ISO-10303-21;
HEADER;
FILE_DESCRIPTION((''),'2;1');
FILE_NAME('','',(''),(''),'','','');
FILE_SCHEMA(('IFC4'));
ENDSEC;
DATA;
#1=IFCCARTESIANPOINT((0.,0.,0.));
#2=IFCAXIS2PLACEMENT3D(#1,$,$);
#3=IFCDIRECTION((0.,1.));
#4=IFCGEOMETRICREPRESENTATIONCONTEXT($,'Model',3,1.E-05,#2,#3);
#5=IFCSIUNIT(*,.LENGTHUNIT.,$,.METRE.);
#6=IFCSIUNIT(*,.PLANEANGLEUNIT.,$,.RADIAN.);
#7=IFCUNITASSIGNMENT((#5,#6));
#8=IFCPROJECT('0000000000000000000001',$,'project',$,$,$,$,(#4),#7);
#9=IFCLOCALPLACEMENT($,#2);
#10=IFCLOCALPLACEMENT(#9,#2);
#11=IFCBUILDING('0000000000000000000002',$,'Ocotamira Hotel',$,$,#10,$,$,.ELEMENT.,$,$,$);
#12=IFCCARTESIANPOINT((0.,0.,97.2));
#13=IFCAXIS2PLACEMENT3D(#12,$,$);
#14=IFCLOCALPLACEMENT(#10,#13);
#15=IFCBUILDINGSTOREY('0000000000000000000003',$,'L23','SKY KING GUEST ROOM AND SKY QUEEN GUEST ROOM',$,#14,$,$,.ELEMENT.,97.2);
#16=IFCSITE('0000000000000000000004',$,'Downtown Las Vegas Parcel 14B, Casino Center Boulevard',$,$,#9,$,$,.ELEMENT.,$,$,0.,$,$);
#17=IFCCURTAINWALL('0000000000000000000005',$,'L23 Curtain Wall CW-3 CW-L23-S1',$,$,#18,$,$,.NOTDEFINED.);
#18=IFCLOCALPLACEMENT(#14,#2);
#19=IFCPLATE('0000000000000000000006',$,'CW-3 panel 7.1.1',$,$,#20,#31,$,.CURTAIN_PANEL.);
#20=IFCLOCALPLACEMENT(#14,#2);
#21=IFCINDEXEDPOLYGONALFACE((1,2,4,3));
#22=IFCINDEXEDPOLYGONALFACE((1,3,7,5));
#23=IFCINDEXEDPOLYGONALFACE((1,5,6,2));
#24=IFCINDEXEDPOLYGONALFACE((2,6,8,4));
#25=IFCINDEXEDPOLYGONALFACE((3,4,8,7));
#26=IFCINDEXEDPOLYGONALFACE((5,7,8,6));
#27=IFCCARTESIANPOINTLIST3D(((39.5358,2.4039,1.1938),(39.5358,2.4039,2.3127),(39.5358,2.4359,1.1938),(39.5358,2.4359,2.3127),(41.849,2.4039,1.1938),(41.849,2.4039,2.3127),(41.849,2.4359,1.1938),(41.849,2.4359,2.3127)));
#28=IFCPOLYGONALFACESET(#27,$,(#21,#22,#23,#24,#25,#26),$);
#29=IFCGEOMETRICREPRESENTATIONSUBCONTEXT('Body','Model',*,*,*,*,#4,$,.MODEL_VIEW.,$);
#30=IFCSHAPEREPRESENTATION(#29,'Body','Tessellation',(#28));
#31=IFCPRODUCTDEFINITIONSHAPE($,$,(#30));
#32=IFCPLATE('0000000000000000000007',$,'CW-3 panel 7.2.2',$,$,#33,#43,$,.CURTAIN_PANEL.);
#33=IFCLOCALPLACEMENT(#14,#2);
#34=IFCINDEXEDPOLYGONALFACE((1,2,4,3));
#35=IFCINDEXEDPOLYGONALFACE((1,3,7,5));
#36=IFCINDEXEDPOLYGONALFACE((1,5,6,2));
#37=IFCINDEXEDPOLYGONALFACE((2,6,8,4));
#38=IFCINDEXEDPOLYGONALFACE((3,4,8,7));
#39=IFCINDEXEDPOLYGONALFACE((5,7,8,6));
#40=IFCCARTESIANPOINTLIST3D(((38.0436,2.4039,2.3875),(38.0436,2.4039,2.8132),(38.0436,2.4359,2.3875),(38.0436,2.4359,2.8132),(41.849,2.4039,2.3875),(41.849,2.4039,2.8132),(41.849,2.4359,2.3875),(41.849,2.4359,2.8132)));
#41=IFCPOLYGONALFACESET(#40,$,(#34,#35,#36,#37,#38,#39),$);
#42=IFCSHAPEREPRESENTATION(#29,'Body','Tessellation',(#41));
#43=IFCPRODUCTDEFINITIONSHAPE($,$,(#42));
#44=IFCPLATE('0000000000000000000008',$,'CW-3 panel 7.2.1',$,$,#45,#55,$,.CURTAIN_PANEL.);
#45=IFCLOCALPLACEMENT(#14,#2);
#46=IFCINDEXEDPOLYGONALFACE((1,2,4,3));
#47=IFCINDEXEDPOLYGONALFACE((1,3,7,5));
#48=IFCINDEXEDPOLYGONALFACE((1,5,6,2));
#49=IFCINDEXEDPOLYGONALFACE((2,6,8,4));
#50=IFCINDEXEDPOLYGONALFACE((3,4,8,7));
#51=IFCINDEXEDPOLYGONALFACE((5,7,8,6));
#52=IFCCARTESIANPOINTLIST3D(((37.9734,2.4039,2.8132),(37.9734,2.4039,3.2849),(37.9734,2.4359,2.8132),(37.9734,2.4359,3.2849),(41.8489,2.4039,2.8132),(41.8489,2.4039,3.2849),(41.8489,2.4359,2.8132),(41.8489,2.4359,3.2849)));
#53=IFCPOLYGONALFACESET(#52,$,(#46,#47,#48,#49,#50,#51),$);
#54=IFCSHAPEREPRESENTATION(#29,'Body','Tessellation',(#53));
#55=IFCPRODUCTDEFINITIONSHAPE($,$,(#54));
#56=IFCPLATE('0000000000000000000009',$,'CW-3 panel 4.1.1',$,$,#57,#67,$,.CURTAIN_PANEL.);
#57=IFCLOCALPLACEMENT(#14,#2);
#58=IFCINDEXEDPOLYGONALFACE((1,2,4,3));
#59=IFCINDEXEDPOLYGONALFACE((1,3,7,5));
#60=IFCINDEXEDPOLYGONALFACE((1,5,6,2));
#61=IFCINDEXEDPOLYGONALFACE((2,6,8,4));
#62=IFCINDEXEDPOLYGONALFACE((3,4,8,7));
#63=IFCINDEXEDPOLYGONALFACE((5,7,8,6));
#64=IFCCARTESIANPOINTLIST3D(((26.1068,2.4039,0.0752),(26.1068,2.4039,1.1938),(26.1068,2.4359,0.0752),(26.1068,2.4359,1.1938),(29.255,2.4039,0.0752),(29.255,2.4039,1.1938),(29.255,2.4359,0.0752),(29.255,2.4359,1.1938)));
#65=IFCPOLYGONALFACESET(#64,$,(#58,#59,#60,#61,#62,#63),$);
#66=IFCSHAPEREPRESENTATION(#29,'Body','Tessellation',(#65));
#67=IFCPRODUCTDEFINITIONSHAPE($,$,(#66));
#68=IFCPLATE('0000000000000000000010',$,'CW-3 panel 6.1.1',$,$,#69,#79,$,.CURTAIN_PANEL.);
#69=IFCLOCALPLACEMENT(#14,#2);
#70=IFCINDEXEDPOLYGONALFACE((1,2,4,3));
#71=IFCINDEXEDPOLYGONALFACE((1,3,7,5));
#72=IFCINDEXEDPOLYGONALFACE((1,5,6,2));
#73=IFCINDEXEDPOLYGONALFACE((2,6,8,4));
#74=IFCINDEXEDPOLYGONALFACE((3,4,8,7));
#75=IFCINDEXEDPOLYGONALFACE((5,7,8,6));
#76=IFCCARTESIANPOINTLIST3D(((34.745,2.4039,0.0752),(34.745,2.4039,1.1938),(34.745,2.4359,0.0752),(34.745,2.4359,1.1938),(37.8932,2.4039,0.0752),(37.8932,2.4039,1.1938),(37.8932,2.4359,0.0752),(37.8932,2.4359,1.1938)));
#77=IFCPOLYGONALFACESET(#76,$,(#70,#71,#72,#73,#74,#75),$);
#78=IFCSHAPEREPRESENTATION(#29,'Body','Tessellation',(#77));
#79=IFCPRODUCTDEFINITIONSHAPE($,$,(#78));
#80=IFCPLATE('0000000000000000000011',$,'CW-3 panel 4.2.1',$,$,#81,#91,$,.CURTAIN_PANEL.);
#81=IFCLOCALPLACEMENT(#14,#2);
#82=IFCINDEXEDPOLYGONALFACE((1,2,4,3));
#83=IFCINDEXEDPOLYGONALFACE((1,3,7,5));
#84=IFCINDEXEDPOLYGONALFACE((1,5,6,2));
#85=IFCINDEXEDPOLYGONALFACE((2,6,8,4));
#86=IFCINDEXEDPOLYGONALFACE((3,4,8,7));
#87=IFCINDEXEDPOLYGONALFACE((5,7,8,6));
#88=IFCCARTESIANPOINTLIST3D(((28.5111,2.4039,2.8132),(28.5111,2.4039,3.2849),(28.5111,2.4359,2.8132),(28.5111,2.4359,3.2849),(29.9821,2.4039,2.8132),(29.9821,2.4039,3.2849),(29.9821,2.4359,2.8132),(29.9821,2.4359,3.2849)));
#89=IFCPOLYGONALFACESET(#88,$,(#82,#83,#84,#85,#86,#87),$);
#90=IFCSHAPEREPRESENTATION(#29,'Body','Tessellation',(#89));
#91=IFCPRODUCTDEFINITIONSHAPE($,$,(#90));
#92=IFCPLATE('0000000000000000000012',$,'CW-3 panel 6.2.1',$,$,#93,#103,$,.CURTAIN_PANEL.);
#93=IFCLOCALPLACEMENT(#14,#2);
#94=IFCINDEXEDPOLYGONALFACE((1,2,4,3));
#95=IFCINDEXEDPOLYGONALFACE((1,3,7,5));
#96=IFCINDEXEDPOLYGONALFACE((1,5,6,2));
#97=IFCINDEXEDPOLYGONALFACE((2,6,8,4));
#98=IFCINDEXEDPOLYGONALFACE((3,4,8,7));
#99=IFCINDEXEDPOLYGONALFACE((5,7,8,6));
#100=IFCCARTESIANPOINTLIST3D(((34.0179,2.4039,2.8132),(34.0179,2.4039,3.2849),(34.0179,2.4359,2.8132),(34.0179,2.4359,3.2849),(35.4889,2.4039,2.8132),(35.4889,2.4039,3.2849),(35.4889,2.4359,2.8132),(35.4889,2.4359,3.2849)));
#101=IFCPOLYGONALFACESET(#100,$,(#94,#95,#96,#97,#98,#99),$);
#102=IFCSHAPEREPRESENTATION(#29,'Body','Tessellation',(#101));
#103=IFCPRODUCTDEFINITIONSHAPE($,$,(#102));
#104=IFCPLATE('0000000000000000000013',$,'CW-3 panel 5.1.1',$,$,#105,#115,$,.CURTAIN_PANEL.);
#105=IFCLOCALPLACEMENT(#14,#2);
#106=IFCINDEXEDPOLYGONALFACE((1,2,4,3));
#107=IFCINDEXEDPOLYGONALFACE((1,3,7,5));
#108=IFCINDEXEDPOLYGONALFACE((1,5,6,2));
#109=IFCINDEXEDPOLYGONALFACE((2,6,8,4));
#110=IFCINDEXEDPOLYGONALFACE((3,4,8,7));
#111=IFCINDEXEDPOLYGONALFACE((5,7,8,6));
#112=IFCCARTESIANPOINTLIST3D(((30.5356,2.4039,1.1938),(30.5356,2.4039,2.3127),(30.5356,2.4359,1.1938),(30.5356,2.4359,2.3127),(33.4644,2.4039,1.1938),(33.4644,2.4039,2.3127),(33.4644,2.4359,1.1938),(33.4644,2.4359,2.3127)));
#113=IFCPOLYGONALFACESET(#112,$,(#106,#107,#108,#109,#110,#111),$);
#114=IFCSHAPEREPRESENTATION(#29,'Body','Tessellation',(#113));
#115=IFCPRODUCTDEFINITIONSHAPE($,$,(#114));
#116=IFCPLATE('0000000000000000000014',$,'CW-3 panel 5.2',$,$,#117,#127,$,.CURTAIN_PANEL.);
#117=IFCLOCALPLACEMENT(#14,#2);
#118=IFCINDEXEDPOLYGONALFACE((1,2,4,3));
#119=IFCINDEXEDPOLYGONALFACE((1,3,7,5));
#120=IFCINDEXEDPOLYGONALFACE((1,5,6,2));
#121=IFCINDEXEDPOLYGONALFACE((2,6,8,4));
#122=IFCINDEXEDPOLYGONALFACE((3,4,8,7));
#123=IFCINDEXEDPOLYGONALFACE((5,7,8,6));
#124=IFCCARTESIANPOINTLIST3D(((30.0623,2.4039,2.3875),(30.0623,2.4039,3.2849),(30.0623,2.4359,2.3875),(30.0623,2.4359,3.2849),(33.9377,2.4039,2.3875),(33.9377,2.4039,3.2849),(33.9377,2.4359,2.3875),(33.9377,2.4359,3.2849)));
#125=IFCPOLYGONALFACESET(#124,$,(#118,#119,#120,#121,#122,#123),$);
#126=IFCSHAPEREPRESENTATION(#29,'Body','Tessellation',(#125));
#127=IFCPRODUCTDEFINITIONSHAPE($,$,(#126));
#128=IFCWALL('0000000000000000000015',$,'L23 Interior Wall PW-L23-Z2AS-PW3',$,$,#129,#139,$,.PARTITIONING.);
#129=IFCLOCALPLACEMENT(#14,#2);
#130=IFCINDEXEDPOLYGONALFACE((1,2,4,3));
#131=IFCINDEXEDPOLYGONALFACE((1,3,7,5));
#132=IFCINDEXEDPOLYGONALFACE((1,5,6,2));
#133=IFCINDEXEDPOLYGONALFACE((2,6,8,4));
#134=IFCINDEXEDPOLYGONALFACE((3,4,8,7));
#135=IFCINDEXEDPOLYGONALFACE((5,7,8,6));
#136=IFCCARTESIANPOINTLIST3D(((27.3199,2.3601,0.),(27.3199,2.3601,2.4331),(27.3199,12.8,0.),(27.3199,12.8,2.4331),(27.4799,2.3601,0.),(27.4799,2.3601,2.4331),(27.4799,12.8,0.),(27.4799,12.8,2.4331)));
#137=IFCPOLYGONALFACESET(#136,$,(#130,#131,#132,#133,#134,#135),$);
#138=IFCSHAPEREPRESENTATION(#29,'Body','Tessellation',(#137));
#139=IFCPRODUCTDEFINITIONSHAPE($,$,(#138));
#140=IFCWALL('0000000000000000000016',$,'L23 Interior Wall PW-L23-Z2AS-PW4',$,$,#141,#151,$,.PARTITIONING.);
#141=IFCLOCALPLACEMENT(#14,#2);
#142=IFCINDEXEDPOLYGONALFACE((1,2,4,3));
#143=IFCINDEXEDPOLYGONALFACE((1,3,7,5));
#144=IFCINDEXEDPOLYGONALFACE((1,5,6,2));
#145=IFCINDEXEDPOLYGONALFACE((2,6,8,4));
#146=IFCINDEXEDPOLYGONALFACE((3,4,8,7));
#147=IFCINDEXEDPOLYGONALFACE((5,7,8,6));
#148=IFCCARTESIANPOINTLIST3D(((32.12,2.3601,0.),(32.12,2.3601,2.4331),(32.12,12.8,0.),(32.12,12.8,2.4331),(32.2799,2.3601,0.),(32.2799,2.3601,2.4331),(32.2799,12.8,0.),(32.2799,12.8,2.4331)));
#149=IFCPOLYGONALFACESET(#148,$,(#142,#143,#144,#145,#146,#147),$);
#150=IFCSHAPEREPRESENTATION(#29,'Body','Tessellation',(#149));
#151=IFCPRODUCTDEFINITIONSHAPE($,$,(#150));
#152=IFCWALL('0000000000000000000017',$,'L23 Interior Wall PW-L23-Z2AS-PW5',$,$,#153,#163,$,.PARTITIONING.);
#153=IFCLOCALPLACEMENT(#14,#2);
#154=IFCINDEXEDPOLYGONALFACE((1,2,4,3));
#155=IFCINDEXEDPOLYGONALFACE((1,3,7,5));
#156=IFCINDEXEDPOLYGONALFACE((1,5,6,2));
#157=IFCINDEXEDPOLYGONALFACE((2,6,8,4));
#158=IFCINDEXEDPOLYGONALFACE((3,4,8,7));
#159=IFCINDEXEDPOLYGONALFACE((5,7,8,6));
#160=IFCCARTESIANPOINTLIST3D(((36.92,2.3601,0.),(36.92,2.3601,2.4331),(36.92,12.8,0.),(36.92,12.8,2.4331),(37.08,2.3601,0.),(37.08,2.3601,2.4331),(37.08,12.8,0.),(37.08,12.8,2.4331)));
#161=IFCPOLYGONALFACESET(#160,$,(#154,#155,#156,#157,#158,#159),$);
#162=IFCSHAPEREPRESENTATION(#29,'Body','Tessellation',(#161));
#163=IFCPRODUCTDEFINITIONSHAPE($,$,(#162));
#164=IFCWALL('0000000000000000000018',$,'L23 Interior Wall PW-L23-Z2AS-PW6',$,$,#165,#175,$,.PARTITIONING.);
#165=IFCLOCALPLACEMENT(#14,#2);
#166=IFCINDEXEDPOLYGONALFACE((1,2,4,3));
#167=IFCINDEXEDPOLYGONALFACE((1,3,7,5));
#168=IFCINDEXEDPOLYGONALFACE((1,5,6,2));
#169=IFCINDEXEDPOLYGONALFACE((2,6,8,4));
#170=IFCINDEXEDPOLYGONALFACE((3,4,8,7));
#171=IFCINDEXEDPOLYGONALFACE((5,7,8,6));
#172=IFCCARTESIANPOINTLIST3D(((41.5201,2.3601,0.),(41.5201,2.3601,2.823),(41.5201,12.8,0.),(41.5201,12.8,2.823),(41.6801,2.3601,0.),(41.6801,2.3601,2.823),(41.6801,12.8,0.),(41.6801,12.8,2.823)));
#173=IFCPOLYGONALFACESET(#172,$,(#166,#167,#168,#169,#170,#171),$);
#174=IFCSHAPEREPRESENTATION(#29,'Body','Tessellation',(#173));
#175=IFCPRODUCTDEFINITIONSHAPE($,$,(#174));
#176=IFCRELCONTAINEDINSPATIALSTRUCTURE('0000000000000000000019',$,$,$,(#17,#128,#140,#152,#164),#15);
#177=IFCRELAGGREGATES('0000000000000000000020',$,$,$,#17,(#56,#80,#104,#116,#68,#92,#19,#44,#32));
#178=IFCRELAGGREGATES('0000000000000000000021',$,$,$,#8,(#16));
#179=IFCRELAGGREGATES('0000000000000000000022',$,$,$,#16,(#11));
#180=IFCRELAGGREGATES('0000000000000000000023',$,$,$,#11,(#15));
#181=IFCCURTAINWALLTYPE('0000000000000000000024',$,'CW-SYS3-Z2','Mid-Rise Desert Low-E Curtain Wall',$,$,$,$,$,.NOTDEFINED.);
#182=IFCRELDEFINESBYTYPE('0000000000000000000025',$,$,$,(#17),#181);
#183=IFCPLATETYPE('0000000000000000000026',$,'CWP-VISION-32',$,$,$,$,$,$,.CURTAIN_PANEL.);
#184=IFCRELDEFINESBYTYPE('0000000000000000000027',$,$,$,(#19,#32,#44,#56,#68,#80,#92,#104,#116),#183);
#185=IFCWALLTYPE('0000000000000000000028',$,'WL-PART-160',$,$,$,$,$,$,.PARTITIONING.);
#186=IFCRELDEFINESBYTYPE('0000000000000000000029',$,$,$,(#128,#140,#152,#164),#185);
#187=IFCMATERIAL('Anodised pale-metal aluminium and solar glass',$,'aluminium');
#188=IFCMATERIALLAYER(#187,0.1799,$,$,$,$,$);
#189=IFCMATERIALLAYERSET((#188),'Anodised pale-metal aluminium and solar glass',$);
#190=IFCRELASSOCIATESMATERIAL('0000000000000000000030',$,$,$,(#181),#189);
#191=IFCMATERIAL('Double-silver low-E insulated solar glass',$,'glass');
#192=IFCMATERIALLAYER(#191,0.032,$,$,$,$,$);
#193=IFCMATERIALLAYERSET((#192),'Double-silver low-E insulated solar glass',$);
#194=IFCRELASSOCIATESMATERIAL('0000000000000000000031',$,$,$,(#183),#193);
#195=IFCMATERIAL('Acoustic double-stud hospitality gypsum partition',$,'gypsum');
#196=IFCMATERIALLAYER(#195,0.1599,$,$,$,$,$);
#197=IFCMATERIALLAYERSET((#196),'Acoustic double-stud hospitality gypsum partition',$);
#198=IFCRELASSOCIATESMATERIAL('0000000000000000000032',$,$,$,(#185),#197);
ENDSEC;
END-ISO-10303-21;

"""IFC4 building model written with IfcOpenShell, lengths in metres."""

from ifc_helpers import new_model, si_unit, direction, frame, frame_2d, origin, origin_2d, place, context, subcontext, project, spatial, rectangle, extrude, source, transform, mapped, material, layer, layer_set, type_object, element, aggregate, save


model = new_model("IFC4")

# Units and contexts
model_context = context("Model", 3, precision=1e-05, world=origin(), true_north=direction((0.0, 1.0)))
body_context = subcontext(model_context, "Body", "Model", "MODEL_VIEW")
ifc_project = project(units=[si_unit("LENGTHUNIT", "METRE"), si_unit("PLANEANGLEUNIT", "RADIAN")], contexts=[model_context])

# Site, building, storey
site_placement = place(None, origin())
site = spatial("IfcSite", under=ifc_project, at=site_placement, Name="Downtown Las Vegas Parcel 14B, Casino Center Boulevard", CompositionType="ELEMENT", RefElevation=0.0)
building_placement = place(site_placement, origin())
building = spatial("IfcBuilding", under=site, at=building_placement, Name="Ocotamira Hotel", CompositionType="ELEMENT")
storey_placement = place(building_placement, frame((0.0, 0.0, 97.2)))
storey = spatial("IfcBuildingStorey", under=building, at=storey_placement, Name="L23", Description="SKY KING GUEST ROOM AND SKY QUEEN GUEST ROOM", CompositionType="ELEMENT", Elevation=97.2)

# Curtain wall
ifc_material_1 = material(Name="Anodised pale-metal aluminium and solar glass", Category="aluminium")
ifc_layer_1 = layer(ifc_material_1, 0.1799)
ifc_layer_set_1 = layer_set([ifc_layer_1], Name="Anodised pale-metal aluminium and solar glass")
curtain_wall_type = type_object("IfcCurtainWallType", Name="CW-SYS3-Z2", Description="Mid-Rise Desert Low-E Curtain Wall", PredefinedType="NOTDEFINED", material=ifc_layer_set_1)
curtain_wall_placement = place(storey_placement, origin())
curtain_wall = element("IfcCurtainWall", 1, at=curtain_wall_placement, inside=storey, type_object=curtain_wall_type, Name="L23 Curtain Wall CW-3 CW-L23-S1", PredefinedType="NOTDEFINED")

# Plates
ifc_material_2 = material(Name="Double-silver low-E insulated solar glass", Category="glass")
ifc_layer_2 = layer(ifc_material_2, 0.032)
ifc_layer_set_2 = layer_set([ifc_layer_2], Name="Double-silver low-E insulated solar glass")
plate_type_1 = type_object("IfcPlateType", Name="CWP-VISION-32", PredefinedType="CURTAIN_PANEL", material=ifc_layer_set_2)
shared_shape_1 = source(origin(), body_context, "Body", "SweptSolid", [
    extrude(rectangle(XDim=2.3132, YDim=0.032, at=origin_2d()), origin(), (0.0, 0.0, 1.0), 1.1189),
])
plate_1_placement = place(storey_placement, frame((40.6924, 2.4199, 1.1938), z_axis=(0.0, 0.0, 1.0), x_axis=(1.0, 0.0, 0.0)))
plate_1 = element("IfcPlate", 2, at=plate_1_placement, type_object=plate_type_1, Name="CW-3 panel 7.1.1", PredefinedType="CURTAIN_PANEL", context=body_context, shape_type="MappedRepresentation", body=[
    mapped(shared_shape_1, transform((0.0, 0.0, 0.0), scale=1.0)),
])
shared_shape_2 = source(origin(), body_context, "Body", "SweptSolid", [
    extrude(rectangle(XDim=3.8054, YDim=0.032, at=origin_2d()), origin(), (0.0, 0.0, 1.0), 0.4258),
])
plate_2_placement = place(storey_placement, frame((39.9463, 2.4199, 2.3875), z_axis=(0.0, 0.0, 1.0), x_axis=(1.0, 0.0, 0.0)))
plate_2 = element("IfcPlate", 3, at=plate_2_placement, type_object=plate_type_1, Name="CW-3 panel 7.2.2", PredefinedType="CURTAIN_PANEL", context=body_context, shape_type="MappedRepresentation", body=[
    mapped(shared_shape_2, transform((0.0, 0.0, 0.0), scale=1.0)),
])
shared_shape_3 = source(origin(), body_context, "Body", "SweptSolid", [
    extrude(rectangle(XDim=3.8755, YDim=0.032, at=origin_2d()), origin(), (0.0, 0.0, 1.0), 0.4717),
])
plate_3_placement = place(storey_placement, frame((39.9111, 2.4199, 2.8132), z_axis=(0.0, 0.0, 1.0), x_axis=(1.0, 0.0, 0.0)))
plate_3 = element("IfcPlate", 4, at=plate_3_placement, type_object=plate_type_1, Name="CW-3 panel 7.2.1", PredefinedType="CURTAIN_PANEL", context=body_context, shape_type="MappedRepresentation", body=[
    mapped(shared_shape_3, transform((0.0, 0.0, 0.0), scale=1.0)),
])
shared_shape_4 = source(origin(), body_context, "Body", "SweptSolid", [
    extrude(rectangle(XDim=3.1482, YDim=0.032, at=origin_2d()), origin(), (0.0, 0.0, 1.0), 1.1187),
])
plate_4_placement = place(storey_placement, frame((27.6809, 2.4199, 0.0752), z_axis=(0.0, 0.0, 1.0), x_axis=(1.0, 0.0, 0.0)))
plate_4 = element("IfcPlate", 5, at=plate_4_placement, type_object=plate_type_1, Name="CW-3 panel 4.1.1", PredefinedType="CURTAIN_PANEL", context=body_context, shape_type="MappedRepresentation", body=[
    mapped(shared_shape_4, transform((0.0, 0.0, 0.0), scale=1.0)),
])
plate_5_placement = place(storey_placement, frame((36.3191, 2.4199, 0.0752), z_axis=(0.0, 0.0, 1.0), x_axis=(1.0, 0.0, 0.0)))
plate_5 = element("IfcPlate", 6, at=plate_5_placement, type_object=plate_type_1, Name="CW-3 panel 6.1.1", PredefinedType="CURTAIN_PANEL", context=body_context, shape_type="MappedRepresentation", body=[
    mapped(shared_shape_4, transform((0.0, 0.0, 0.0), scale=1.0)),
])
shared_shape_5 = source(origin(), body_context, "Body", "SweptSolid", [
    extrude(rectangle(XDim=1.4709, YDim=0.032, at=origin_2d()), origin(), (0.0, 0.0, 1.0), 0.4717),
])
plate_6_placement = place(storey_placement, frame((29.2466, 2.4199, 2.8132), z_axis=(0.0, 0.0, 1.0), x_axis=(1.0, 0.0, 0.0)))
plate_6 = element("IfcPlate", 7, at=plate_6_placement, type_object=plate_type_1, Name="CW-3 panel 4.2.1", PredefinedType="CURTAIN_PANEL", context=body_context, shape_type="MappedRepresentation", body=[
    mapped(shared_shape_5, transform((0.0, 0.0, 0.0), scale=1.0)),
])
plate_7_placement = place(storey_placement, frame((34.7534, 2.4199, 2.8132), z_axis=(0.0, 0.0, 1.0), x_axis=(1.0, 0.0, 0.0)))
plate_7 = element("IfcPlate", 8, at=plate_7_placement, type_object=plate_type_1, Name="CW-3 panel 6.2.1", PredefinedType="CURTAIN_PANEL", context=body_context, shape_type="MappedRepresentation", body=[
    mapped(shared_shape_5, transform((0.0, 0.0, 0.0), scale=1.0)),
])
shared_shape_6 = source(origin(), body_context, "Body", "SweptSolid", [
    extrude(rectangle(XDim=2.9287, YDim=0.032, at=origin_2d()), origin(), (0.0, 0.0, 1.0), 1.1189),
])
plate_8_placement = place(storey_placement, frame((32.0, 2.4199, 1.1938), z_axis=(0.0, 0.0, 1.0), x_axis=(1.0, 0.0, 0.0)))
plate_8 = element("IfcPlate", 9, at=plate_8_placement, type_object=plate_type_1, Name="CW-3 panel 5.1.1", PredefinedType="CURTAIN_PANEL", context=body_context, shape_type="MappedRepresentation", body=[
    mapped(shared_shape_6, transform((0.0, 0.0, 0.0), scale=1.0)),
])
shared_shape_7 = source(origin(), body_context, "Body", "SweptSolid", [
    extrude(rectangle(XDim=3.8755, YDim=0.032, at=origin_2d()), origin(), (0.0, 0.0, 1.0), 0.8975),
])
plate_9_placement = place(storey_placement, frame((32.0, 2.4199, 2.3875), z_axis=(0.0, 0.0, 1.0), x_axis=(1.0, 0.0, 0.0)))
plate_9 = element("IfcPlate", 10, at=plate_9_placement, type_object=plate_type_1, Name="CW-3 panel 5.2", PredefinedType="CURTAIN_PANEL", context=body_context, shape_type="MappedRepresentation", body=[
    mapped(shared_shape_7, transform((0.0, 0.0, 0.0), scale=1.0)),
])
aggregate(curtain_wall, [plate_4, plate_6, plate_8, plate_9, plate_5, plate_7, plate_1, plate_3, plate_2])

# Walls
ifc_material_3 = material(Name="Acoustic double-stud hospitality gypsum partition", Category="gypsum")
ifc_layer_3 = layer(ifc_material_3, 0.1599)
ifc_layer_set_3 = layer_set([ifc_layer_3], Name="Acoustic double-stud hospitality gypsum partition")
wall_type = type_object("IfcWallType", Name="WL-PART-160", PredefinedType="PARTITIONING", material=ifc_layer_set_3)
for number, where, z_axis, x_axis, name in (
    (11, (27.3999, 2.3601, 0.0), (0.0, 0.0, 1.0), (0.0, 1.0, 0.0), "L23 Interior Wall PW-L23-Z2AS-PW3"),
    (12, (32.2, 2.3601, 0.0), (0.0, 0.0, 1.0), (0.0, 1.0, 0.0), "L23 Interior Wall PW-L23-Z2AS-PW4"),
    (13, (37.0, 2.3601, 0.0), (0.0, 0.0, 1.0), (0.0, 1.0, 0.0), "L23 Interior Wall PW-L23-Z2AS-PW5"),
):
    element("IfcWall", number, at=place(storey_placement, frame(where, z_axis=z_axis, x_axis=x_axis)), inside=storey, type_object=wall_type, Name=name, PredefinedType="PARTITIONING", context=body_context, shape_type="SweptSolid", body=[
        extrude(rectangle(XDim=10.4399, YDim=0.1599, at=frame_2d((5.22, 0.0))), origin(), (0.0, 0.0, 1.0), 2.4331),
    ])
wall_placement = place(storey_placement, frame((41.6001, 2.3601, 0.0), z_axis=(0.0, 0.0, 1.0), x_axis=(0.0, 1.0, 0.0)))
element("IfcWall", 14, at=wall_placement, inside=storey, type_object=wall_type, Name="L23 Interior Wall PW-L23-Z2AS-PW6", PredefinedType="PARTITIONING", context=body_context, shape_type="SweptSolid", body=[
    extrude(rectangle(XDim=10.4399, YDim=0.1599, at=frame_2d((5.22, 0.0))), origin(), (0.0, 0.0, 1.0), 2.823),
])

save(model, "model.ifc")
